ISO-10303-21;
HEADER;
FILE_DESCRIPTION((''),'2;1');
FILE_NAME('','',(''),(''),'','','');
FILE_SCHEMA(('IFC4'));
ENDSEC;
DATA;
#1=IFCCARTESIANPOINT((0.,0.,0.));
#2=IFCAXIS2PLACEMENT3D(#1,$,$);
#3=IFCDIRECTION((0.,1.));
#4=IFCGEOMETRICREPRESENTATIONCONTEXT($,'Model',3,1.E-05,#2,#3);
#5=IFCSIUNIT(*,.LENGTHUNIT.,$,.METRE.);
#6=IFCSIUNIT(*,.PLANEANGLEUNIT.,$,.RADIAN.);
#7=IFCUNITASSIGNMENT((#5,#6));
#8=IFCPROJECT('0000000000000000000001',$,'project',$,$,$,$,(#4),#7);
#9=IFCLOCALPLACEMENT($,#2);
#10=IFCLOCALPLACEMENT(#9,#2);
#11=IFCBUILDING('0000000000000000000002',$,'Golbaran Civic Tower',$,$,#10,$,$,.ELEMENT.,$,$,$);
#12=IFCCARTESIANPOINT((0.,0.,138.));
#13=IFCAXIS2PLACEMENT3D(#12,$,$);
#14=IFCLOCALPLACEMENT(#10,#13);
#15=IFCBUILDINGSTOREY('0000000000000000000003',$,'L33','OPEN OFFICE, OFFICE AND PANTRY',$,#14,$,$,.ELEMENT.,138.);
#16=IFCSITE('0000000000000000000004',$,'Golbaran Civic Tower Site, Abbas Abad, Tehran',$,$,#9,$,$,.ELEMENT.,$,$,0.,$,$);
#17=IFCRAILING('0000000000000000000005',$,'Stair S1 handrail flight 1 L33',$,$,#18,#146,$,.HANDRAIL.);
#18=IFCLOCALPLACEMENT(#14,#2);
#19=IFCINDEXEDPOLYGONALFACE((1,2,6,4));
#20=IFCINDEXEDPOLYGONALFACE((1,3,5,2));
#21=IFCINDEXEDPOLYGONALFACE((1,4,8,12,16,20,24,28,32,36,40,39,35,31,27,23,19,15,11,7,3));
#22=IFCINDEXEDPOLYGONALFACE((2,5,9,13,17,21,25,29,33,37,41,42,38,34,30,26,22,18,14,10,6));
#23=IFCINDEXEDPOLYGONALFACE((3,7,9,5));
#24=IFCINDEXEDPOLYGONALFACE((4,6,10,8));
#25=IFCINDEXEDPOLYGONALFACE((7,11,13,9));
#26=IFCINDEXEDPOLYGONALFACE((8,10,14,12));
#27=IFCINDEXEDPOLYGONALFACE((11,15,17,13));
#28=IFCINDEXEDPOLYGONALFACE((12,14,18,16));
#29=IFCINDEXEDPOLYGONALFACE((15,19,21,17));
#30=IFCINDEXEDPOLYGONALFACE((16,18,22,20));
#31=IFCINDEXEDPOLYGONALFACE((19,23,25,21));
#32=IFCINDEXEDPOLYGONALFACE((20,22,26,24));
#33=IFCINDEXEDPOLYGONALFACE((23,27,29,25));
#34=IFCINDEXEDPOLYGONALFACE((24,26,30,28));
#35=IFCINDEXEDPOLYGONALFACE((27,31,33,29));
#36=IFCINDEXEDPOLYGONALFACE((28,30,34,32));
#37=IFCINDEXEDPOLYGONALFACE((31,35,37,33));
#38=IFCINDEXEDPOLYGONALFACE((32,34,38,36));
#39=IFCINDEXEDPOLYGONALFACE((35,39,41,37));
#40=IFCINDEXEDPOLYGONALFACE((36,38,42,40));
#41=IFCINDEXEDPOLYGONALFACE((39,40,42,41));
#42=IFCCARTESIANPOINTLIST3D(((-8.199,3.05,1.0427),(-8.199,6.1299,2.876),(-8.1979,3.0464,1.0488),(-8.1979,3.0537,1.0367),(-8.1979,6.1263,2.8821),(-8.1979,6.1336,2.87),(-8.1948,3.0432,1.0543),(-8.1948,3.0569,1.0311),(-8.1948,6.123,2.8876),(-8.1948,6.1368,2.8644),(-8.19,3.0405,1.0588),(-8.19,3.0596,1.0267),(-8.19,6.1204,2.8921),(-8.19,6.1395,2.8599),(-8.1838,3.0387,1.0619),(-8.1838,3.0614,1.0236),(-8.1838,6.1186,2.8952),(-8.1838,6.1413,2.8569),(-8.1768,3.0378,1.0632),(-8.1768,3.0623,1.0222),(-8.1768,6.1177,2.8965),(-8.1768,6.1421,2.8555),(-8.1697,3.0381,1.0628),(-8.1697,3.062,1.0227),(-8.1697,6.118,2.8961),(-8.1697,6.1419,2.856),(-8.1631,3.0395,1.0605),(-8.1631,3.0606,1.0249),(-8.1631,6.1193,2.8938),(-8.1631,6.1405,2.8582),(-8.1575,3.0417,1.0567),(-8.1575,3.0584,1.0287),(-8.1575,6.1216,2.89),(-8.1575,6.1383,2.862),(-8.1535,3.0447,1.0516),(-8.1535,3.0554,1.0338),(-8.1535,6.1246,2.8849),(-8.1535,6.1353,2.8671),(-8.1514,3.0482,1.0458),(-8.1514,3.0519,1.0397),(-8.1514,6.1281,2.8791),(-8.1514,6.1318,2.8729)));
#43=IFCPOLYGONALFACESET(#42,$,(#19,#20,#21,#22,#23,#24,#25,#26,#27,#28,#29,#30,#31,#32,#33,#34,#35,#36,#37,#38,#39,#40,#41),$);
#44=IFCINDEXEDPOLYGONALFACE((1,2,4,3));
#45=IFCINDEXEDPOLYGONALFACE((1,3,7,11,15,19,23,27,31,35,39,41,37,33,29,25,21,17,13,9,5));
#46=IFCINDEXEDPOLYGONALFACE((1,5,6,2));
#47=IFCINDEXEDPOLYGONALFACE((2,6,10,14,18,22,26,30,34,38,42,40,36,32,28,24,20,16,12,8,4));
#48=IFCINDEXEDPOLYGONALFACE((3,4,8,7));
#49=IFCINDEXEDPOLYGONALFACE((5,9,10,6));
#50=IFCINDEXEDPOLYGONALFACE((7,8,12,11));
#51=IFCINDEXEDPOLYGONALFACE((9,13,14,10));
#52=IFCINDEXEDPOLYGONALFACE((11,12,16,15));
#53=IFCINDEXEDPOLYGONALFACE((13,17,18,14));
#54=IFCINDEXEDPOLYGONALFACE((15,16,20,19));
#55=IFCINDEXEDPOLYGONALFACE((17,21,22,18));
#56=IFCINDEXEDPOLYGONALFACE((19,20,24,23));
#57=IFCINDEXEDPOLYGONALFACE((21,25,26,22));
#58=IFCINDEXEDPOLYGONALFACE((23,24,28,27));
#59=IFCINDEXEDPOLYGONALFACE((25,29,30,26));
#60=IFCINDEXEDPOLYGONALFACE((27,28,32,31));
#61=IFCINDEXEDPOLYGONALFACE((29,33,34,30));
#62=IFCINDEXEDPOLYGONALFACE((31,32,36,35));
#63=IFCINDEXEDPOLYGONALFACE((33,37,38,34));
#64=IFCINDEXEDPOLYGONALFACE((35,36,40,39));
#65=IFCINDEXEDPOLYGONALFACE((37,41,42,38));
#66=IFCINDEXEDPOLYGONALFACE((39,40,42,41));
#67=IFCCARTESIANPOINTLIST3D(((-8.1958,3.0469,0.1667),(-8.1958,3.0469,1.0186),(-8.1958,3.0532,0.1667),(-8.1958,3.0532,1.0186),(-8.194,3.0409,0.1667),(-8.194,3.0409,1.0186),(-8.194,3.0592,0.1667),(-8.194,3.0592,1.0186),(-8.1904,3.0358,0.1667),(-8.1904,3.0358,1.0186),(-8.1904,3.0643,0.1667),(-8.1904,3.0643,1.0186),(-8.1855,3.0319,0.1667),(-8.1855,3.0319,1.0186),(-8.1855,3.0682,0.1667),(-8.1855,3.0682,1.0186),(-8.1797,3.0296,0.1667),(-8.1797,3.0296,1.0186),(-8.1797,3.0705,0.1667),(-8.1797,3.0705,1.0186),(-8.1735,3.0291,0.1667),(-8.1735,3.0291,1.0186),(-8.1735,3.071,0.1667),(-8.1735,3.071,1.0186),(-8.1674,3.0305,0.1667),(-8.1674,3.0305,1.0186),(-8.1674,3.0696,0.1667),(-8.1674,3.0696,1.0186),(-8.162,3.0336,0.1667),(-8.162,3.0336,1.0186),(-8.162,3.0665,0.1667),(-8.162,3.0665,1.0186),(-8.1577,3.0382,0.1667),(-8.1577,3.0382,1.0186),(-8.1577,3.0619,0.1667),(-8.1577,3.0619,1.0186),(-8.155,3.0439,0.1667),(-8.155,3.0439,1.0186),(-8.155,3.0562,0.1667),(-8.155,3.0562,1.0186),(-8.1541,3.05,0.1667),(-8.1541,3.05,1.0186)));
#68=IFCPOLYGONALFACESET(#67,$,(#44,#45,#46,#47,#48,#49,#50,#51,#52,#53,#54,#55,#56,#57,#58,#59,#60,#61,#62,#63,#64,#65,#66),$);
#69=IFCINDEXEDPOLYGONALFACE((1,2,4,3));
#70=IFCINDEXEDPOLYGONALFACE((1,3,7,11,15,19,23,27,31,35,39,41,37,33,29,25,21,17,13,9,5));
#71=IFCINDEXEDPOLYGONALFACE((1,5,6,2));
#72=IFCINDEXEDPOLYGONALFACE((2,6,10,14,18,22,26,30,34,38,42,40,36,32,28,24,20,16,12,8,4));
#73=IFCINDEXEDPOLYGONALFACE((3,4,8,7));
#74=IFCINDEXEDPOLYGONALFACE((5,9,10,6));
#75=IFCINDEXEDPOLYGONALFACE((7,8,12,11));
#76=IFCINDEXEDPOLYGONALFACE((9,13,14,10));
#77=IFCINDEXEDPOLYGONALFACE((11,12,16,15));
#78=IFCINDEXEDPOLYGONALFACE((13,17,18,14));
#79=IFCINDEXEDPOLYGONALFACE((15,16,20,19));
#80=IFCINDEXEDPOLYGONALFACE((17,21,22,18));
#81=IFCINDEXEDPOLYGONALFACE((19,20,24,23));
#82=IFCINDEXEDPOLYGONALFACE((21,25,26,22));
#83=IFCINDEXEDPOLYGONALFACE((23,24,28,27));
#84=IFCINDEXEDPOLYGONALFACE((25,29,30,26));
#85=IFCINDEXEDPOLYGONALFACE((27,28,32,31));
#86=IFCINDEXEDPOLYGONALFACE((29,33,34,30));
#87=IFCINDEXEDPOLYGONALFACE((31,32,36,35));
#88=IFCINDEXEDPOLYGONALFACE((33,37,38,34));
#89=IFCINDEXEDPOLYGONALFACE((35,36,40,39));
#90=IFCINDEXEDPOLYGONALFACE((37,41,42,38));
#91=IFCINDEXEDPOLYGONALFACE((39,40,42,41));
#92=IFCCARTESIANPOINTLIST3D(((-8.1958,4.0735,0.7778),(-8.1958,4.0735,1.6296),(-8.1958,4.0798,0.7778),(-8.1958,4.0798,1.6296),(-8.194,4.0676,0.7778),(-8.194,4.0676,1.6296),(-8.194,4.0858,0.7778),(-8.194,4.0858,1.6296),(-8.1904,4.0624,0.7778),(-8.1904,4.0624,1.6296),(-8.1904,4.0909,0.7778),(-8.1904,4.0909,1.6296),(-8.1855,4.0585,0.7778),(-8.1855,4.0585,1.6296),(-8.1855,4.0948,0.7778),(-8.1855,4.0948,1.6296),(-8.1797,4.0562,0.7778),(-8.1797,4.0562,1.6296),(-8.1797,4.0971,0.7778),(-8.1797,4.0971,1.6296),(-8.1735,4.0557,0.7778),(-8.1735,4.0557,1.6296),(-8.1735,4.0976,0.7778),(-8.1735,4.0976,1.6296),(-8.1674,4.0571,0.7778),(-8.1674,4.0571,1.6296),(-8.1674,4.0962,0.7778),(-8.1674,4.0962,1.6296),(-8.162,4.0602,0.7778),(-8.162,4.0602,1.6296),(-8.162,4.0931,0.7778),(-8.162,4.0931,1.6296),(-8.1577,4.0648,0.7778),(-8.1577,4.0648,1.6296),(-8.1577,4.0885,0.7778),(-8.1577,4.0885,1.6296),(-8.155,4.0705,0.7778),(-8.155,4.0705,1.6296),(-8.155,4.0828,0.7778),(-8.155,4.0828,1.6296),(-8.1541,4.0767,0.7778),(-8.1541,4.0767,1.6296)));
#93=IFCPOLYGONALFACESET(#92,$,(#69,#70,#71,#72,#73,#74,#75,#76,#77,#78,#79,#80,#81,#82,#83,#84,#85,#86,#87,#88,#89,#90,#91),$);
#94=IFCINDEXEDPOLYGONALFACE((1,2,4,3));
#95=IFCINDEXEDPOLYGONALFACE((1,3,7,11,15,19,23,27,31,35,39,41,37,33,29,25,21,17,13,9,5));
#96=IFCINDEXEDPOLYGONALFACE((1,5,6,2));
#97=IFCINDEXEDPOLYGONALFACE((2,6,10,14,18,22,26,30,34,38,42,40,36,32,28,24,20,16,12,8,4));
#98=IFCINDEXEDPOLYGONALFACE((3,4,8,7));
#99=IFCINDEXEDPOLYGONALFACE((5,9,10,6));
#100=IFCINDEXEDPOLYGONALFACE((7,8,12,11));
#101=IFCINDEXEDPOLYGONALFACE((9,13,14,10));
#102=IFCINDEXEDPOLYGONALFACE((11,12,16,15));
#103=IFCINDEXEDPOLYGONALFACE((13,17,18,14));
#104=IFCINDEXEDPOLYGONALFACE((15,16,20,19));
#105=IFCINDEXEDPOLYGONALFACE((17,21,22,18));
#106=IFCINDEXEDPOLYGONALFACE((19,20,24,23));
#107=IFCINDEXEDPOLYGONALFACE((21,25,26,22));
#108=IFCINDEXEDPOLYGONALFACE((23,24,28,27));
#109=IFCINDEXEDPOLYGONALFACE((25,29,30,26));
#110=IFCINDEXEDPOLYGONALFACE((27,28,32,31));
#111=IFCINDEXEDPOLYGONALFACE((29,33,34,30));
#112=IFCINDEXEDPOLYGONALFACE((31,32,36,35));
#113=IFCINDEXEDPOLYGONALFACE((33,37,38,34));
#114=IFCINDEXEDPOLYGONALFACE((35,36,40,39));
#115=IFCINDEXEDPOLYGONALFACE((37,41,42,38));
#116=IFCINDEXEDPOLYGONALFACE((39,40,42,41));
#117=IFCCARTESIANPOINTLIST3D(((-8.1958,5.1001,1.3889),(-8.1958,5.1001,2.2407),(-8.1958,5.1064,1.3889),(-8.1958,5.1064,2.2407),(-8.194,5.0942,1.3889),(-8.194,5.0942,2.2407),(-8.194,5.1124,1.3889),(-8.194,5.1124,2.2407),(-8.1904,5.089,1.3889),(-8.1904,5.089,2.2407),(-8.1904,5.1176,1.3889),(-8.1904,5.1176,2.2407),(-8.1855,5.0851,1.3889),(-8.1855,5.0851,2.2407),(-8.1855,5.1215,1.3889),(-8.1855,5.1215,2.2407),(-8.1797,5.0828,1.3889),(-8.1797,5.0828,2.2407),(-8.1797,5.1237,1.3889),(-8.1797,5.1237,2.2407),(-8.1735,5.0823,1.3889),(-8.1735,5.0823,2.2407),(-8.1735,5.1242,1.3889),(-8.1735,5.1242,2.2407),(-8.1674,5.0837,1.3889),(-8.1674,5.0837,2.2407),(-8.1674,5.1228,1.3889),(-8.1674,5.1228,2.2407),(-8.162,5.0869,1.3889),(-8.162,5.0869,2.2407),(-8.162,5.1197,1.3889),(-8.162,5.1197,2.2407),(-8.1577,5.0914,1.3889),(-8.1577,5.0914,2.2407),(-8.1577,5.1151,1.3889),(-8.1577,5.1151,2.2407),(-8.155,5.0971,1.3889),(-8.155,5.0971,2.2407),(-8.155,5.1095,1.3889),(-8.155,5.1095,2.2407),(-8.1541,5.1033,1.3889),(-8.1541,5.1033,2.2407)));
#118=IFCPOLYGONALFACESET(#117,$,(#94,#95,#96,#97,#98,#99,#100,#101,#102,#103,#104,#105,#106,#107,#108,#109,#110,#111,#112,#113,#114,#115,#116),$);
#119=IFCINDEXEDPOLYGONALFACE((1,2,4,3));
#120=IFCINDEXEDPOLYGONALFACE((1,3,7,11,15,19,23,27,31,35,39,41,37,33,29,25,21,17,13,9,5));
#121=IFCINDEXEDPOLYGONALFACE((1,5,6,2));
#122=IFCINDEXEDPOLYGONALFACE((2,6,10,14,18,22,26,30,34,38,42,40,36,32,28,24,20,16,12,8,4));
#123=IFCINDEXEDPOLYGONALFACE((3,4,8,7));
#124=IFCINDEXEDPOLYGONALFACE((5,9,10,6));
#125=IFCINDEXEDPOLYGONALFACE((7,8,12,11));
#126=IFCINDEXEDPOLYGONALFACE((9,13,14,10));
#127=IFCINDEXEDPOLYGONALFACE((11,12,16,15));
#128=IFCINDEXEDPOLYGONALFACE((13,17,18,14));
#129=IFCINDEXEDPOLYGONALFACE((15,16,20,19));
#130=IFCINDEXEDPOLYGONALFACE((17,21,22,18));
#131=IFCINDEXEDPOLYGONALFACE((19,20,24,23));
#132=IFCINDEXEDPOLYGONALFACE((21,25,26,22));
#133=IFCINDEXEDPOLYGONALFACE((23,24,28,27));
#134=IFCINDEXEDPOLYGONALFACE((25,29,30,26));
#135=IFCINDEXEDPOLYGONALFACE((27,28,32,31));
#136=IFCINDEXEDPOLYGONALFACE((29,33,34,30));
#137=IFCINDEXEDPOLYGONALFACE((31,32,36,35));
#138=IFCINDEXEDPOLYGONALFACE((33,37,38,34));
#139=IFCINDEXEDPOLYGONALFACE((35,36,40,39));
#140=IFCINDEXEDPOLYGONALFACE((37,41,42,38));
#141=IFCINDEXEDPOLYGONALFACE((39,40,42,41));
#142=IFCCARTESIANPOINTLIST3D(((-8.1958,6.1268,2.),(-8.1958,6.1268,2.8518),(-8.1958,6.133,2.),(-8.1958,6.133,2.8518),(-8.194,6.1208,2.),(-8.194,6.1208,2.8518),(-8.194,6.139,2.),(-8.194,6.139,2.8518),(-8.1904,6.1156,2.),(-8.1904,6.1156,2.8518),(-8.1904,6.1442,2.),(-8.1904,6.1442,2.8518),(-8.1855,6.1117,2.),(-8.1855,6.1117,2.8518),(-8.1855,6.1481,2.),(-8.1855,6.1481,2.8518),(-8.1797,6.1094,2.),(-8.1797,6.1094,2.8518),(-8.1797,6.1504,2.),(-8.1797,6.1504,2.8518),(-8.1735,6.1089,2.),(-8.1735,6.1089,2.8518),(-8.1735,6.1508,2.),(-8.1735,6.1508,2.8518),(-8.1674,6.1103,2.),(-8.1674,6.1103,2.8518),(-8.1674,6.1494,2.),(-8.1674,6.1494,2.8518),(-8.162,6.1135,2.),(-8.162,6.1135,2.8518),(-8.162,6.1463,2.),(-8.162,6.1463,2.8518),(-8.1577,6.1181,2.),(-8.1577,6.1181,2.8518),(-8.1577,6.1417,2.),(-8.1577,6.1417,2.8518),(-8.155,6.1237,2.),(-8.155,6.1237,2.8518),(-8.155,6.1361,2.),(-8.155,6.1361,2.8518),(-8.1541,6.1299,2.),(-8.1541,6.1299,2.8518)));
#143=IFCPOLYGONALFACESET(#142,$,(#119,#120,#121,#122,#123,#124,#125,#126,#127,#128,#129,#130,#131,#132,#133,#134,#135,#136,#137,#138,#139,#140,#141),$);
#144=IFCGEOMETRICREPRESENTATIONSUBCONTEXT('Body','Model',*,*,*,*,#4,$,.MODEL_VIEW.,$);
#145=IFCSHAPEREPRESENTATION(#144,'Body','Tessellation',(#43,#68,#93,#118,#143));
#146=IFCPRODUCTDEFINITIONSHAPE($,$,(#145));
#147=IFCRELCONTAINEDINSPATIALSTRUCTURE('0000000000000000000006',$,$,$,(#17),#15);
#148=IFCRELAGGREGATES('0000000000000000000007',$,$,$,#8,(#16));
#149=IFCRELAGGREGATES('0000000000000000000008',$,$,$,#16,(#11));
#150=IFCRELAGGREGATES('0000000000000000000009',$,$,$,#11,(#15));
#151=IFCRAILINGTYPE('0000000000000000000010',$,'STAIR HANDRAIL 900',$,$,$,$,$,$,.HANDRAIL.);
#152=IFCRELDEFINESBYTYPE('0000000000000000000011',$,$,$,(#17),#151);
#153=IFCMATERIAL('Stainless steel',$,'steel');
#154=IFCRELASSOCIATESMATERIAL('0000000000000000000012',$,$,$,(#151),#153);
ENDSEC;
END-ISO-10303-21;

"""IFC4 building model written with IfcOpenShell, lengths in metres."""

from ifc_helpers import new_model, si_unit, direction, frame, origin, origin_2d, place, context, subcontext, project, spatial, circle, extrude, material, type_object, element, save


model = new_model("IFC4")

# Units and contexts
model_context = context("Model", 3, precision=1e-05, world=origin(), true_north=direction((0.0, 1.0)))
body_context = subcontext(model_context, "Body", "Model", "MODEL_VIEW")
ifc_project = project(units=[si_unit("LENGTHUNIT", "METRE"), si_unit("PLANEANGLEUNIT", "RADIAN")], contexts=[model_context])

# Site, building, storey
site_placement = place(None, origin())
site = spatial("IfcSite", under=ifc_project, at=site_placement, Name="Golbaran Civic Tower Site, Abbas Abad, Tehran", CompositionType="ELEMENT", RefElevation=0.0)
building_placement = place(site_placement, origin())
building = spatial("IfcBuilding", under=site, at=building_placement, Name="Golbaran Civic Tower", CompositionType="ELEMENT")
storey_placement = place(building_placement, frame((0.0, 0.0, 138.0)))
storey = spatial("IfcBuildingStorey", under=building, at=storey_placement, Name="L33", Description="OPEN OFFICE, OFFICE AND PANTRY", CompositionType="ELEMENT", Elevation=138.0)

# Shared definitions
ifc_material_1 = material(Name="Stainless steel", Category="steel")

# Railing
railing_type = type_object("IfcRailingType", Name="STAIR HANDRAIL 900", PredefinedType="HANDRAIL", material=ifc_material_1)
railing_1_placement = place(storey_placement, frame((-8.175, 3.05, 0.1667)))
element("IfcRailing", 1, at=railing_1_placement, inside=storey, type_object=railing_type, Name="Stair S1 handrail flight 1 L33", PredefinedType="HANDRAIL", context=body_context, shape_type="SweptSolid", body=[
    extrude(circle(Radius=0.0239, at=origin_2d()), frame((0.0, 0.0, 0.876), z_axis=(0.0, 0.859291, 0.511487), x_axis=(-1.0, 0.0, 0.0)), (0.0, 0.0, 1.0), 3.5842),
    extrude(circle(Radius=0.021, at=origin_2d()), origin(), (0.0, 0.0, 1.0), 0.8518),
    extrude(circle(Radius=0.021, at=origin_2d()), frame((0.0, 1.0266, 0.6111)), (0.0, 0.0, 1.0), 0.8518),
    extrude(circle(Radius=0.021, at=origin_2d()), frame((0.0, 2.0532, 1.2222)), (0.0, 0.0, 1.0), 0.8518),
    extrude(circle(Radius=0.021, at=origin_2d()), frame((0.0, 3.0798, 1.8333)), (0.0, 0.0, 1.0), 0.8518),
])

save(model, "model.ifc")
